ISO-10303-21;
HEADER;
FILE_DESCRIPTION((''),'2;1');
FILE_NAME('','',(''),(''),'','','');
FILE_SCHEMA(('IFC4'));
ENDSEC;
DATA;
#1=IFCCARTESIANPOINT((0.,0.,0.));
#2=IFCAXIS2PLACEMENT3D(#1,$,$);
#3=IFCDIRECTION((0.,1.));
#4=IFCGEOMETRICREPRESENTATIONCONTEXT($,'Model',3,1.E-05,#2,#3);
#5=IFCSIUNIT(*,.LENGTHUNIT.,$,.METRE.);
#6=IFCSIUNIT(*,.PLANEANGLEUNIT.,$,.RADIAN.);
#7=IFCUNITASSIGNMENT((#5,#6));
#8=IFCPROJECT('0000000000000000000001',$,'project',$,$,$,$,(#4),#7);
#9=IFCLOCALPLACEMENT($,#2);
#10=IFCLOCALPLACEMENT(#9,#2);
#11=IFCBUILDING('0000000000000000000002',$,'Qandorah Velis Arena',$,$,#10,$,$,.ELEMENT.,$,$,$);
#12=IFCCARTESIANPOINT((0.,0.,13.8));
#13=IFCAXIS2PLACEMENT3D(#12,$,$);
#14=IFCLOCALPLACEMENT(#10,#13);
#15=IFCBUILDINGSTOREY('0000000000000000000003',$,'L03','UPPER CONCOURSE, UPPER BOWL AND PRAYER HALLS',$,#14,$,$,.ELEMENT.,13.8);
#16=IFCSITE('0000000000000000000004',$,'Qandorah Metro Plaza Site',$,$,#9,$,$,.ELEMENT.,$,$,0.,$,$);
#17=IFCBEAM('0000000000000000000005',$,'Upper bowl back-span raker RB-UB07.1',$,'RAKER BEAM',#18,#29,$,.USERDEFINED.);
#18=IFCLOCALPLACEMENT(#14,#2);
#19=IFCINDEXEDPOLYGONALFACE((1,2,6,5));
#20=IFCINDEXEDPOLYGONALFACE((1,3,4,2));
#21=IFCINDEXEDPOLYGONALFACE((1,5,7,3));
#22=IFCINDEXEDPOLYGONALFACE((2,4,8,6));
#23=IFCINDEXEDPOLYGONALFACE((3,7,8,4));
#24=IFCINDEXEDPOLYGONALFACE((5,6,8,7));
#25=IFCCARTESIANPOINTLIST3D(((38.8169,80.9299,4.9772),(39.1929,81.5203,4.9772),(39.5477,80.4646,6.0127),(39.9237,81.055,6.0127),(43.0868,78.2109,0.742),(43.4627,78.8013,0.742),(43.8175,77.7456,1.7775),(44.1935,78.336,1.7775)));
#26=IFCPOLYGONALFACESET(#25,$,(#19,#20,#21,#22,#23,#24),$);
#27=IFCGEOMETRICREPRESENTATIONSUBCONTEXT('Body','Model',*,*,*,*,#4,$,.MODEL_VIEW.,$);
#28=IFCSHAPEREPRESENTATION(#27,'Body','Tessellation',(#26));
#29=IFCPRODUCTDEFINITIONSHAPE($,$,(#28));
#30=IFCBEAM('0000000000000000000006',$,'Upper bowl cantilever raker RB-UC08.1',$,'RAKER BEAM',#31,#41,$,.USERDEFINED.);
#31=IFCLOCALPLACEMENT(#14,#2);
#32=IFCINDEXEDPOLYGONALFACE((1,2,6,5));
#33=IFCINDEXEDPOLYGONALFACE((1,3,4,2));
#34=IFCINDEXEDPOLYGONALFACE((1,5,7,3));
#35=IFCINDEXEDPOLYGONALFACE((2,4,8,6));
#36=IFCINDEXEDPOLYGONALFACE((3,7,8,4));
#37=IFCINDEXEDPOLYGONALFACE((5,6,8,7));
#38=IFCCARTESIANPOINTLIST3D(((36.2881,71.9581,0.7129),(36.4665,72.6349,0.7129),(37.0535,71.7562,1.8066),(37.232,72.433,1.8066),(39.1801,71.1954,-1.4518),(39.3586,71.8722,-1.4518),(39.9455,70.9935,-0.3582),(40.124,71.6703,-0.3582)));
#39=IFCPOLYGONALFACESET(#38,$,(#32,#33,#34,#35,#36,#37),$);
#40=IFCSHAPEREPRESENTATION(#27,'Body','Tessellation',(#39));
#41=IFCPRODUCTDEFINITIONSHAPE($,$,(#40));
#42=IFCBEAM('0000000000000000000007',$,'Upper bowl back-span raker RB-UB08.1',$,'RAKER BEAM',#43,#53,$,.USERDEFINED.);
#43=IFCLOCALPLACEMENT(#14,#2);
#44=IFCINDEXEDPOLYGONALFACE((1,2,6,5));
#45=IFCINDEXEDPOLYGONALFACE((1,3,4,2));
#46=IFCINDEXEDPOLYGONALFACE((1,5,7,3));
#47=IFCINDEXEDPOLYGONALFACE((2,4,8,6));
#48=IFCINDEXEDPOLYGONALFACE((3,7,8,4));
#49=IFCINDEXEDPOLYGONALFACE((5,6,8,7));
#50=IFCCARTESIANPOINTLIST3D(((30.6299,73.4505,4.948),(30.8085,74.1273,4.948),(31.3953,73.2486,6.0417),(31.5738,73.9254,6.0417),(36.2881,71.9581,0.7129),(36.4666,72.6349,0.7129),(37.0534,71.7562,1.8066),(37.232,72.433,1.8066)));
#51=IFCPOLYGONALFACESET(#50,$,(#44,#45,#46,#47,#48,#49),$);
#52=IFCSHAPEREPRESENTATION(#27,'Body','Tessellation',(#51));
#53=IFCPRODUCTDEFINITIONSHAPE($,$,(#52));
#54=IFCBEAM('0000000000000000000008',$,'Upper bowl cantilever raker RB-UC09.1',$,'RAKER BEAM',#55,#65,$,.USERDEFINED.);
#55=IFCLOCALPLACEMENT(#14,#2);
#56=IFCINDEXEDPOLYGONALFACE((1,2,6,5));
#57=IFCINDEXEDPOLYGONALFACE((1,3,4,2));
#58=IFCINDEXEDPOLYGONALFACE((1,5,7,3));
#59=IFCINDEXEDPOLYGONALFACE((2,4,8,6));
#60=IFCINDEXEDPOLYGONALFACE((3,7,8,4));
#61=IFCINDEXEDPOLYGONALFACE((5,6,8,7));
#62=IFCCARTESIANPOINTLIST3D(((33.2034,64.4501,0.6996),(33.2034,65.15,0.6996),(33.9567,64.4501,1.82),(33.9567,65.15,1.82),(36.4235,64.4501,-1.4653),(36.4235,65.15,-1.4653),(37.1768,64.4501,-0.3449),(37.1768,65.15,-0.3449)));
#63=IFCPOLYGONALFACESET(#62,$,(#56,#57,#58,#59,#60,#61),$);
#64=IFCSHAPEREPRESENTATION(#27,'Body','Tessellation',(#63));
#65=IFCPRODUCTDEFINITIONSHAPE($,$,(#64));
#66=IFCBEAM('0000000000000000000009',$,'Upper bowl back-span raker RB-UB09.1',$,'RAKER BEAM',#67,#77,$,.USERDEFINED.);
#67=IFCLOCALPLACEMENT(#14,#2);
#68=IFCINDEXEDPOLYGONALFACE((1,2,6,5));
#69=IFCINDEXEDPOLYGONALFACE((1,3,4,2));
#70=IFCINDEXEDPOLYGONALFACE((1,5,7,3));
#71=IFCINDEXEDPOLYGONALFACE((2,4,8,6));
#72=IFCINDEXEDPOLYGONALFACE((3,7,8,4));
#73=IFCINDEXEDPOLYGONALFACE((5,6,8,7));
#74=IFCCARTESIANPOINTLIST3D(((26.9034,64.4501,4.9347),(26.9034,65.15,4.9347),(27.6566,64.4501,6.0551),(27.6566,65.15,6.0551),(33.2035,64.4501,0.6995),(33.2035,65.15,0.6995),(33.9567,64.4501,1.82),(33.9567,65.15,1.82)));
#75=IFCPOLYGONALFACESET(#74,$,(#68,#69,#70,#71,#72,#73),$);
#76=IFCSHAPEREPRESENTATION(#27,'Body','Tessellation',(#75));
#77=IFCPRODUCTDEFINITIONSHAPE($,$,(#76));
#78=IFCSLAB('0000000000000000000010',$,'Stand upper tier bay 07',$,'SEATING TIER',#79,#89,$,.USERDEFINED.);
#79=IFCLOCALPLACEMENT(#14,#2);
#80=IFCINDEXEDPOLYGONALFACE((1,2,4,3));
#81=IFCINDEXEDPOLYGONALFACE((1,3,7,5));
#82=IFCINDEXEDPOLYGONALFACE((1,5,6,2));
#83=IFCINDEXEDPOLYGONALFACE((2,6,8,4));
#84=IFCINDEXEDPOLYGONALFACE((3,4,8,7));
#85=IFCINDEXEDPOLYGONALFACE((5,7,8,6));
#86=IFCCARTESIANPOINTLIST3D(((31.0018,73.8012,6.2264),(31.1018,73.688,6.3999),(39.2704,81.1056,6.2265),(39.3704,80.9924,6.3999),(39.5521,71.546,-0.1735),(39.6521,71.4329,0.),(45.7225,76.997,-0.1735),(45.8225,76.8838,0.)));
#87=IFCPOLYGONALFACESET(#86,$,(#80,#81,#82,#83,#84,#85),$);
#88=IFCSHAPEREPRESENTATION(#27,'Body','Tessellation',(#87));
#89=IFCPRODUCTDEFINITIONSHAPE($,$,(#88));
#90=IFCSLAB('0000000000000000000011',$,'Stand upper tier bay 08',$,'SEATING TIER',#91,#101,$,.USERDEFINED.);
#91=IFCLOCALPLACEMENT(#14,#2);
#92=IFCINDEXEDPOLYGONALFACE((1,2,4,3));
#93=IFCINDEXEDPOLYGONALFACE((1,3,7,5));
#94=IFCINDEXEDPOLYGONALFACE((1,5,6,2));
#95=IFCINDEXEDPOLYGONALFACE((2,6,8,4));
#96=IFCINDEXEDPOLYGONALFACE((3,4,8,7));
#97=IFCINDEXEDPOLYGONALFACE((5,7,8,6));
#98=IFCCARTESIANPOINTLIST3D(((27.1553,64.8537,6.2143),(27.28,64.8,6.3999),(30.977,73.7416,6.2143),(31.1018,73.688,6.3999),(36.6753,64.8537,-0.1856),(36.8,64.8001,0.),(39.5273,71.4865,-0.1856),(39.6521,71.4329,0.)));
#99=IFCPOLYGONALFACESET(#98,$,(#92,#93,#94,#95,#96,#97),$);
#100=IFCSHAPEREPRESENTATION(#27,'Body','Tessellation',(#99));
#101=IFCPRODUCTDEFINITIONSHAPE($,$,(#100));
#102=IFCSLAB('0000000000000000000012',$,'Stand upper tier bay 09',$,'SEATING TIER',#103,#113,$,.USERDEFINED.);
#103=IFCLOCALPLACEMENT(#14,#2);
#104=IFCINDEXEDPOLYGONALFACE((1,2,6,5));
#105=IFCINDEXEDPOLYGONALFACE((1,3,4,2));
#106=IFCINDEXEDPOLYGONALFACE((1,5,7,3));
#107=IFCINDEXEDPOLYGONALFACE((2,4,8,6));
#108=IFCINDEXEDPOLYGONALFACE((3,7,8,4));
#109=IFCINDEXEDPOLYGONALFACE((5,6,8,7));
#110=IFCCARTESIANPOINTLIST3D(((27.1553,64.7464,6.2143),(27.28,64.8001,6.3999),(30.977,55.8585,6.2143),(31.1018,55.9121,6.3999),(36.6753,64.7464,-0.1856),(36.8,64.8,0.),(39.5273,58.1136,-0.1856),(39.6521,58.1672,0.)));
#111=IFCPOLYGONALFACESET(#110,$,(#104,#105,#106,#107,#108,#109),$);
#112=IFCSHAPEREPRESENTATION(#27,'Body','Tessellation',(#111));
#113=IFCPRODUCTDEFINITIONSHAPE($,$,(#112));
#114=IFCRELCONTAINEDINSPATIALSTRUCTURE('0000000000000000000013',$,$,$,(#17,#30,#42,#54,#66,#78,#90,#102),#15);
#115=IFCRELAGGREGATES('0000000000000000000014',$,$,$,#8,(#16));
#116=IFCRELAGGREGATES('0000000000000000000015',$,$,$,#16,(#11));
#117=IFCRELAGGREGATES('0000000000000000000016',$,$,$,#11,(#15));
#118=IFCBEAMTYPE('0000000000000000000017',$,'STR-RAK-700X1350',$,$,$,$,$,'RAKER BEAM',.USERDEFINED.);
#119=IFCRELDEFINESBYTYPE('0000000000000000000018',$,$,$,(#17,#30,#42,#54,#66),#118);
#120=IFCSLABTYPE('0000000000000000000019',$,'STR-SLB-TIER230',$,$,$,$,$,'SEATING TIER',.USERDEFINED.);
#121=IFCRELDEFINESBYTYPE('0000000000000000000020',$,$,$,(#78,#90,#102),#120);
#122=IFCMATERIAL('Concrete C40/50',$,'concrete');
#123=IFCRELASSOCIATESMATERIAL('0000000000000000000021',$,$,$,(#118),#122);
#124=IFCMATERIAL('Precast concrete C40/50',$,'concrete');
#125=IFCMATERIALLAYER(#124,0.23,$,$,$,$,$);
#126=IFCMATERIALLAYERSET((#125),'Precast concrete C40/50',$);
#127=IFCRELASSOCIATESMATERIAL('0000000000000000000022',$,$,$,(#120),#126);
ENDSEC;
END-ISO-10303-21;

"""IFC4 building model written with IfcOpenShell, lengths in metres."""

from ifc_helpers import new_model, si_unit, direction, frame, origin, origin_2d, place, context, subcontext, project, spatial, polyline, rectangle, outline, extrude, material, layer, layer_set, material_profile, profile_set, type_object, element, save


model = new_model("IFC4")

# Units and contexts
model_context = context("Model", 3, precision=1e-05, world=origin(), true_north=direction((0.0, 1.0)))
body_context = subcontext(model_context, "Body", "Model", "MODEL_VIEW")
ifc_project = project(units=[si_unit("LENGTHUNIT", "METRE"), si_unit("PLANEANGLEUNIT", "RADIAN")], contexts=[model_context])

# Site, building, storey
site_placement = place(None, origin())
site = spatial("IfcSite", under=ifc_project, at=site_placement, Name="Qandorah Metro Plaza Site", CompositionType="ELEMENT", RefElevation=0.0)
building_placement = place(site_placement, origin())
building = spatial("IfcBuilding", under=site, at=building_placement, Name="Qandorah Velis Arena", CompositionType="ELEMENT")
storey_placement = place(building_placement, frame((0.0, 0.0, 13.8)))
storey = spatial("IfcBuildingStorey", under=building, at=storey_placement, Name="L03", Description="UPPER CONCOURSE, UPPER BOWL AND PRAYER HALLS", CompositionType="ELEMENT", Elevation=13.8)

# Shared definitions
ifc_material_1 = material(Name="Concrete C40/50", Category="concrete")

# Beams
ifc_material_profile_1 = material_profile(ifc_material_1, rectangle(XDim=0.7, YDim=1.3501, at=origin_2d()), Name="RC RAKER 700x1350")
ifc_profile_set_1 = profile_set([ifc_material_profile_1], Name="Concrete C40/50")
beam_type_1 = type_object("IfcBeamType", Name="STR-RAK-700X1350", ElementType="RAKER BEAM", PredefinedType="USERDEFINED", material=ifc_profile_set_1)
beam_1_placement = place(storey_placement, frame((43.6401, 78.2734, 1.2598), z_axis=(-0.646935, 0.411969, 0.641683), x_axis=(-0.537138, -0.843495, 0.0)))
element("IfcBeam", 1, at=beam_1_placement, inside=storey, type_object=beam_type_1, Name="Upper bowl back-span raker RB-UB07.1", ObjectType="RAKER BEAM", PredefinedType="USERDEFINED", context=body_context, shape_type="SweptSolid", body=[
    extrude(rectangle(XDim=0.7, YDim=1.3501, at=origin_2d()), origin(), (0.0, 0.0, 1.0), 6.6001),
])
beam_2_placement = place(storey_placement, frame((36.76, 72.1956, 1.2598), z_axis=(0.783301, -0.20657, -0.586318), x_axis=(0.255, 0.966941, 0.0)))
element("IfcBeam", 2, at=beam_2_placement, inside=storey, type_object=beam_type_1, Name="Upper bowl cantilever raker RB-UC08.1", ObjectType="RAKER BEAM", PredefinedType="USERDEFINED", context=body_context, shape_type="SweptSolid", body=[
    extrude(rectangle(XDim=0.7, YDim=1.3501, at=origin_2d()), origin(), (0.0, 0.0, 1.0), 3.6921),
])
beam_3_placement = place(storey_placement, frame((36.76, 72.1956, 1.2598), z_axis=(-0.783306, 0.206608, 0.586297), x_axis=(-0.255042, -0.96693, 0.0)))
element("IfcBeam", 3, at=beam_3_placement, inside=storey, type_object=beam_type_1, Name="Upper bowl back-span raker RB-UB08.1", ObjectType="RAKER BEAM", PredefinedType="USERDEFINED", context=body_context, shape_type="SweptSolid", body=[
    extrude(rectangle(XDim=0.7, YDim=1.3501, at=origin_2d()), origin(), (0.0, 0.0, 1.0), 7.2234),
])
beam_4_placement = place(storey_placement, frame((33.5801, 64.8, 1.2598), z_axis=(0.829885, 0.0, -0.557934), x_axis=(0.0, 1.0, 0.0)))
element("IfcBeam", 4, at=beam_4_placement, inside=storey, type_object=beam_type_1, Name="Upper bowl cantilever raker RB-UC09.1", ObjectType="RAKER BEAM", PredefinedType="USERDEFINED", context=body_context, shape_type="SweptSolid", body=[
    extrude(rectangle(XDim=0.7, YDim=1.3501, at=origin_2d()), origin(), (0.0, 0.0, 1.0), 3.8801),
])
beam_5_placement = place(storey_placement, frame((33.5801, 64.8, 1.2598), z_axis=(-0.829912, 0.0, 0.557895), x_axis=(0.0, -1.0, 0.0)))
element("IfcBeam", 5, at=beam_5_placement, inside=storey, type_object=beam_type_1, Name="Upper bowl back-span raker RB-UB09.1", ObjectType="RAKER BEAM", PredefinedType="USERDEFINED", context=body_context, shape_type="SweptSolid", body=[
    extrude(rectangle(XDim=0.7, YDim=1.3501, at=origin_2d()), origin(), (0.0, 0.0, 1.0), 7.5913),
])

# Slabs
ifc_material_2 = material(Name="Precast concrete C40/50", Category="concrete")
ifc_layer = layer(ifc_material_2, 0.23)
ifc_layer_set = layer_set([ifc_layer], Name="Precast concrete C40/50")
slab_type = type_object("IfcSlabType", Name="STR-SLB-TIER230", ElementType="SEATING TIER", PredefinedType="USERDEFINED", material=ifc_layer_set)
slab_1_placement = place(storey_placement, frame((45.8225, 76.8838, 0.0), z_axis=(0.434732, -0.492113, 0.75421), x_axis=(-0.749449, -0.662062, 0.0)))
element("IfcSlab", 6, at=slab_1_placement, inside=storey, type_object=slab_type, Name="Stand upper tier bay 07", ObjectType="SEATING TIER", PredefinedType="USERDEFINED", context=body_context, shape_type="SweptSolid", body=[
    extrude(outline(polyline([(0.0, 0.0), (8.2333, 0.0), (13.1482, -9.7465), (2.1154, -9.7465), (0.0, 0.0)])), origin(), (0.0, 0.0, -1.0), 0.23),
])
slab_2_placement = place(storey_placement, frame((39.6521, 71.4329, 0.0), z_axis=(0.542516, -0.233279, 0.807005), x_axis=(-0.395022, -0.918672, -0.000001)))
element("IfcSlab", 7, at=slab_2_placement, inside=storey, type_object=slab_type, Name="Stand upper tier bay 08", ObjectType="SEATING TIER", PredefinedType="USERDEFINED", context=body_context, shape_type="SweptSolid", body=[
    extrude(outline(polyline([(0.0, 0.0), (7.22, 0.0), (10.9806, -10.8373), (1.3058, -10.8373), (0.0, 0.0)])), origin(), (0.0, 0.0, -1.0), 0.23),
])
slab_3_placement = place(storey_placement, frame((36.8, 64.8, 0.0), z_axis=(0.542516, 0.233279, 0.807005), x_axis=(0.395022, -0.918672, 0.000001)))
element("IfcSlab", 8, at=slab_3_placement, inside=storey, type_object=slab_type, Name="Stand upper tier bay 09", ObjectType="SEATING TIER", PredefinedType="USERDEFINED", context=body_context, shape_type="SweptSolid", body=[
    extrude(outline(polyline([(0.0, 0.0), (7.22, 0.0), (5.9142, -10.8373), (-3.7606, -10.8373), (0.0, 0.0)])), origin(), (0.0, 0.0, -1.0), 0.23),
])

save(model, "model.ifc")
